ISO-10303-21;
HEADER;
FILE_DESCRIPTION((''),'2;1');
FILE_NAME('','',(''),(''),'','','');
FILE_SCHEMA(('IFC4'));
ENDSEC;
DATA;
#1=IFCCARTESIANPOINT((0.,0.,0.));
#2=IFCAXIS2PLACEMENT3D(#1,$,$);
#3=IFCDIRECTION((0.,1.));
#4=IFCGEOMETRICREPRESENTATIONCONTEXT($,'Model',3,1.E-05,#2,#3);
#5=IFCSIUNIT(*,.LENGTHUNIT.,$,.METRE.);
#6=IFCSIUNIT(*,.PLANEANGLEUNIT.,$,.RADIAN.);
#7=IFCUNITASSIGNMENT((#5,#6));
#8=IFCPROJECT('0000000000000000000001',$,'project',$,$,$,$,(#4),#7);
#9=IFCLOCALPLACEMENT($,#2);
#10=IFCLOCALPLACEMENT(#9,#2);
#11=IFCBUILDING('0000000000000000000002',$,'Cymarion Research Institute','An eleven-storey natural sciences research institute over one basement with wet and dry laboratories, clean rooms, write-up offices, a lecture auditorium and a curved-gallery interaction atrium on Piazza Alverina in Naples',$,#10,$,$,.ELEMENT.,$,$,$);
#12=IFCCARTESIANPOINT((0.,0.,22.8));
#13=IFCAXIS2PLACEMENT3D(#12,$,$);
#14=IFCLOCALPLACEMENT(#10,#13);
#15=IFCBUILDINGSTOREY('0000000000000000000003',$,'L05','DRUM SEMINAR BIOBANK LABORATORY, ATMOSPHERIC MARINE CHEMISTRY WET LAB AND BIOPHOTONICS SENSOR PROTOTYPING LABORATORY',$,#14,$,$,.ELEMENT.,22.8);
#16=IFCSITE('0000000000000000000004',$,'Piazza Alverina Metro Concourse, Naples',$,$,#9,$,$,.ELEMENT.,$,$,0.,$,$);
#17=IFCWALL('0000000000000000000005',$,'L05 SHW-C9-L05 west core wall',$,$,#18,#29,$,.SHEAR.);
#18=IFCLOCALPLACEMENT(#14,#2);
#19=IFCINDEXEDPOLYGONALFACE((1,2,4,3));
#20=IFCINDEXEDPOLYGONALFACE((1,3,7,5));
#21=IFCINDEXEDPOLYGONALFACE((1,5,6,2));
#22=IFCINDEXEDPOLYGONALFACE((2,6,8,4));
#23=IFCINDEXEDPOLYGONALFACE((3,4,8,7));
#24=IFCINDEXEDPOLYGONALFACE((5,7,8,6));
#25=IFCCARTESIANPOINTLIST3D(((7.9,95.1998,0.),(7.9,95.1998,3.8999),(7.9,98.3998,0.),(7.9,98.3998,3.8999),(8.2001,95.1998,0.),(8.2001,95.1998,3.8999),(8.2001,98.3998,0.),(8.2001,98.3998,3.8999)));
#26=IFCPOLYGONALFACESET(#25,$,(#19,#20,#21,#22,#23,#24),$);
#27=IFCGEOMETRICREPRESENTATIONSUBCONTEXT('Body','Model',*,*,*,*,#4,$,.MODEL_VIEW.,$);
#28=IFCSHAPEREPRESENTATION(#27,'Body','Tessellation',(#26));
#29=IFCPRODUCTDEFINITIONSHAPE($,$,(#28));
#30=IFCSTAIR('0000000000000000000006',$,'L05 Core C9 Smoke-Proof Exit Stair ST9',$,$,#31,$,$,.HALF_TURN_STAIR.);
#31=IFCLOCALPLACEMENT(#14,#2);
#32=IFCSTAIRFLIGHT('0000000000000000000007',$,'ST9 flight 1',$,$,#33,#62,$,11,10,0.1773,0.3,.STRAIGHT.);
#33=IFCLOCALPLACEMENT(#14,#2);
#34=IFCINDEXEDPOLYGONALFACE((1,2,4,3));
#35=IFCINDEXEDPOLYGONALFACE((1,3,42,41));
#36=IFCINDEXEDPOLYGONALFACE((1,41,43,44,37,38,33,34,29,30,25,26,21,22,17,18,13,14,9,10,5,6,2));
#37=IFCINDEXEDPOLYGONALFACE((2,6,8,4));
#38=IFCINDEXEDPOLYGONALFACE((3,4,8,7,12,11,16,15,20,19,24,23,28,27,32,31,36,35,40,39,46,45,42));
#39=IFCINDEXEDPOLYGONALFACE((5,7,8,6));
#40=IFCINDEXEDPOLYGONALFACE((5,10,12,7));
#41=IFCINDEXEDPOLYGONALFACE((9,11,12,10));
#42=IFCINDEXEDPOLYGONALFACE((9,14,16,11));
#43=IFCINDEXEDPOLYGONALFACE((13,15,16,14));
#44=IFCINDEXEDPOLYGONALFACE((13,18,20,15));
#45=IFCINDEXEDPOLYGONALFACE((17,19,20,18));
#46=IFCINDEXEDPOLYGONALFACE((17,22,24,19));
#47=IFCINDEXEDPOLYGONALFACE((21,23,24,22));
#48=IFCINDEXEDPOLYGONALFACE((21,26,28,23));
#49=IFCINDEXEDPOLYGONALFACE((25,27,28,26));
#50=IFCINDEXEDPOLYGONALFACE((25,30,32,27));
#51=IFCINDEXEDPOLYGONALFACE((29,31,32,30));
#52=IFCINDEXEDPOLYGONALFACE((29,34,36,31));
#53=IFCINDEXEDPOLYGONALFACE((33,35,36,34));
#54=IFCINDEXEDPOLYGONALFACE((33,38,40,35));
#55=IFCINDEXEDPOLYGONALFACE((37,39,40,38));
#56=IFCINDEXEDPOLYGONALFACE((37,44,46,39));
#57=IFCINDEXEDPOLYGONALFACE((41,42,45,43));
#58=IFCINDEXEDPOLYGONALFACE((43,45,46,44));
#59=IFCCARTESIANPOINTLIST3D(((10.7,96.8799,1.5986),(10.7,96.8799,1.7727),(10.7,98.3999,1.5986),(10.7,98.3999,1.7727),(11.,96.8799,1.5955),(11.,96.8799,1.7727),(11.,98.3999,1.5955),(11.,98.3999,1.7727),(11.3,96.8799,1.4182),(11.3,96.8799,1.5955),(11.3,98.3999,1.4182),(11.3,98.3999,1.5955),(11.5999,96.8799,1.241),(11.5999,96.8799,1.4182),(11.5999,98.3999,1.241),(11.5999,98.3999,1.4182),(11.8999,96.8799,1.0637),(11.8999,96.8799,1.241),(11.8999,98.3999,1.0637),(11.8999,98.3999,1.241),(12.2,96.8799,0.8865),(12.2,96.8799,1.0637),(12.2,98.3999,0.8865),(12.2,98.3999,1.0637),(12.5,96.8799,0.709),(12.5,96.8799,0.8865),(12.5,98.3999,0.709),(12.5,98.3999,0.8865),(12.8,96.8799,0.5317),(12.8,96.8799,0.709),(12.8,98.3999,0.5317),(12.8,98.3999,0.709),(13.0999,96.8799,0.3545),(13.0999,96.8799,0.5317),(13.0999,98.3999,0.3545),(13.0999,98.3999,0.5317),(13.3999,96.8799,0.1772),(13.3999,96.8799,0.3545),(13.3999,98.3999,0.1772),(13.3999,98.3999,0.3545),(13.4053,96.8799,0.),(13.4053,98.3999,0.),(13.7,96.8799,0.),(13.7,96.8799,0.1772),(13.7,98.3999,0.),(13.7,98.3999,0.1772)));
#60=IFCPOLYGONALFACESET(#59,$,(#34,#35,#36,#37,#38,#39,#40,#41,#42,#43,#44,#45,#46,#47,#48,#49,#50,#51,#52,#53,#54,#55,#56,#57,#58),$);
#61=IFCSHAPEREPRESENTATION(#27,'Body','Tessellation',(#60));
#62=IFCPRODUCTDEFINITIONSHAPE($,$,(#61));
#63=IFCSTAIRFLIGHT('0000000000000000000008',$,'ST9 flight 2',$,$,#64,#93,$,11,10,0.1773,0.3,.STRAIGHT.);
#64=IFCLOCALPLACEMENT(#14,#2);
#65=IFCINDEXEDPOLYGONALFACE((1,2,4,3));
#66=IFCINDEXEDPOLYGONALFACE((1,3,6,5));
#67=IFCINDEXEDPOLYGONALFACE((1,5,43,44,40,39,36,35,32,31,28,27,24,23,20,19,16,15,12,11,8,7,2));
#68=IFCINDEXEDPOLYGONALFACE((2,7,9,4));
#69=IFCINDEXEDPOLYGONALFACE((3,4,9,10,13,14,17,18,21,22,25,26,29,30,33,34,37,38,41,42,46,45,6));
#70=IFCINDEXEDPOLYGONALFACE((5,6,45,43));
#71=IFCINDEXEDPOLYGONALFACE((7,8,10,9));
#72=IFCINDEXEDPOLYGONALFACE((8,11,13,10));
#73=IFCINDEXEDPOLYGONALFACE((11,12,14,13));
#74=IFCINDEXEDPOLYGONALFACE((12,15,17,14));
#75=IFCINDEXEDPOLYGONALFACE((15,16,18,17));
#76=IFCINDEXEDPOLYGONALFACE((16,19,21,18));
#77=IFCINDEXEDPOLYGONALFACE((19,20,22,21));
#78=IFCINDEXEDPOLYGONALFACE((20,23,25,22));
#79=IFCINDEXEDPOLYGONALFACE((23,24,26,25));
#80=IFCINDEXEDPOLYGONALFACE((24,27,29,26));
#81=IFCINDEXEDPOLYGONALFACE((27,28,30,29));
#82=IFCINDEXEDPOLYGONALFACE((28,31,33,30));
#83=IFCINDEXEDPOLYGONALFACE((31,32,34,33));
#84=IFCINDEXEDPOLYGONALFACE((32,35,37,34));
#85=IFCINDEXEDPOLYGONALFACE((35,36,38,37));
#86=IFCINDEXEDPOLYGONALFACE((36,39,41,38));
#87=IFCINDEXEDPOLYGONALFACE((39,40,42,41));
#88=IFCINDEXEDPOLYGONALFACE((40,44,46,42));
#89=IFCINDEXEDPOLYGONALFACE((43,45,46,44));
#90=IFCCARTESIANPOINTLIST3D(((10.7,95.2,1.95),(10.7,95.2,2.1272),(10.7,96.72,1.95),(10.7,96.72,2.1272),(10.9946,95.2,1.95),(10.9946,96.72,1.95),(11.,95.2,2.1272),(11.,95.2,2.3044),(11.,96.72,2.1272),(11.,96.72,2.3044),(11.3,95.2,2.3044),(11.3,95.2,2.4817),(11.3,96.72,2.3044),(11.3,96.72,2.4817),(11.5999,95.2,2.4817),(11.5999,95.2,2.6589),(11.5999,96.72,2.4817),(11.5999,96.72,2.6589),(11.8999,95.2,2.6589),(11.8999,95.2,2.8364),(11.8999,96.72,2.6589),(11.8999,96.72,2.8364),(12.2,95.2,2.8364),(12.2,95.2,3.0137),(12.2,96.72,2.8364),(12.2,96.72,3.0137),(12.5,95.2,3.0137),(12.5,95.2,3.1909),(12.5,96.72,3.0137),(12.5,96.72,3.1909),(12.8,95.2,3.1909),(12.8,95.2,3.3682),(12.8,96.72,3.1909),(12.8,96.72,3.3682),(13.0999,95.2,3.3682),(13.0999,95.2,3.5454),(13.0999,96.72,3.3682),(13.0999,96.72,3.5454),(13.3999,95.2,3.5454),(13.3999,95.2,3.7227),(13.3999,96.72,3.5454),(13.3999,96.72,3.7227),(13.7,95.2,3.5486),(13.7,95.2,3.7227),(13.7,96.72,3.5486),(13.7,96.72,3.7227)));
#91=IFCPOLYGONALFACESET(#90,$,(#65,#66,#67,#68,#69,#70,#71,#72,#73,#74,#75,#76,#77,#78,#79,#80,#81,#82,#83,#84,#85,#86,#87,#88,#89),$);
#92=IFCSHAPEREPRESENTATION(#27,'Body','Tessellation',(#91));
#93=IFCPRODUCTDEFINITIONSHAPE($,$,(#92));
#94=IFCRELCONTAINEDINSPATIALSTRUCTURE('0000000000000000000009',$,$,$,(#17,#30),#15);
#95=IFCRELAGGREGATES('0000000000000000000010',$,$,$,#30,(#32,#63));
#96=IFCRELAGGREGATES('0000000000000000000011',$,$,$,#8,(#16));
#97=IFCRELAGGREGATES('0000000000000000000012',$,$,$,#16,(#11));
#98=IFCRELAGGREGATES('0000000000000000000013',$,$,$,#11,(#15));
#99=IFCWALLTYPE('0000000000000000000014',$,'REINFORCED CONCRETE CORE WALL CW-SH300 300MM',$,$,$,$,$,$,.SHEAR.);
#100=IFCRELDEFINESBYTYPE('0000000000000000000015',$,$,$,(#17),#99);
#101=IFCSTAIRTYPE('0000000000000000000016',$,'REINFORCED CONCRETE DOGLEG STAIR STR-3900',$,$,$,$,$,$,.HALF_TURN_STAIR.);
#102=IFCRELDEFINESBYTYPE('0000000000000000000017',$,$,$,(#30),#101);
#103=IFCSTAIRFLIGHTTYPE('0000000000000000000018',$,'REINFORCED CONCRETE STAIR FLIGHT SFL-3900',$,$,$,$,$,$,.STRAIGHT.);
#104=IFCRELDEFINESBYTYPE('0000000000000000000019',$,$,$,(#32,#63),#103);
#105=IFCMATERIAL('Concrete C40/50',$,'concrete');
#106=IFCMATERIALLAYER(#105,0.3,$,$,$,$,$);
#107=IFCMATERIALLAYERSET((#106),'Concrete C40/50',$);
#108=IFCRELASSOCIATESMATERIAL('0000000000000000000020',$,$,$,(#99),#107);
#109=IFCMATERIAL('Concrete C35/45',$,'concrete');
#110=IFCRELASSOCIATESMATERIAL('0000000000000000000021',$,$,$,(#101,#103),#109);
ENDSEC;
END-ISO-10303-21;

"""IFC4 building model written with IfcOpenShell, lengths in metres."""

from ifc_helpers import new_model, si_unit, direction, frame, frame_2d, origin, place, context, subcontext, project, spatial, polyline, rectangle, outline, extrude, material, layer, layer_set, type_object, element, aggregate, save


model = new_model("IFC4")

# Units and contexts
model_context = context("Model", 3, precision=1e-05, world=origin(), true_north=direction((0.0, 1.0)))
body_context = subcontext(model_context, "Body", "Model", "MODEL_VIEW")
ifc_project = project(units=[si_unit("LENGTHUNIT", "METRE"), si_unit("PLANEANGLEUNIT", "RADIAN")], contexts=[model_context])

# Site, building, storey
site_placement = place(None, origin())
site = spatial("IfcSite", under=ifc_project, at=site_placement, Name="Piazza Alverina Metro Concourse, Naples", CompositionType="ELEMENT", RefElevation=0.0)
building_placement = place(site_placement, origin())
building = spatial("IfcBuilding", under=site, at=building_placement, Name="Cymarion Research Institute", Description="An eleven-storey natural sciences research institute over one basement with wet and dry laboratories, clean rooms, write-up offices, a lecture auditorium and a curved-gallery interaction atrium on Piazza Alverina in Naples", CompositionType="ELEMENT")
storey_placement = place(building_placement, frame((0.0, 0.0, 22.8)))
storey = spatial("IfcBuildingStorey", under=building, at=storey_placement, Name="L05", Description="DRUM SEMINAR BIOBANK LABORATORY, ATMOSPHERIC MARINE CHEMISTRY WET LAB AND BIOPHOTONICS SENSOR PROTOTYPING LABORATORY", CompositionType="ELEMENT", Elevation=22.8)

# Wall
ifc_material_1 = material(Name="Concrete C40/50", Category="concrete")
ifc_layer_1 = layer(ifc_material_1, 0.3)
ifc_layer_set_1 = layer_set([ifc_layer_1], Name="Concrete C40/50")
wall_type = type_object("IfcWallType", Name="REINFORCED CONCRETE CORE WALL CW-SH300 300MM", PredefinedType="SHEAR", material=ifc_layer_set_1)
wall_1_placement = place(storey_placement, frame((8.05, 98.3999, 0.0), z_axis=(0.0, 0.0, 1.0), x_axis=(0.0, -1.0, 0.0)))
element("IfcWall", 1, at=wall_1_placement, inside=storey, type_object=wall_type, Name="L05 SHW-C9-L05 west core wall", PredefinedType="SHEAR", context=body_context, shape_type="SweptSolid", body=[
    extrude(rectangle(XDim=3.2, YDim=0.3, at=frame_2d((1.6001, 0.0))), origin(), (0.0, 0.0, 1.0), 3.8999),
])

# Stair, stair flights
ifc_material_2 = material(Name="Concrete C35/45", Category="concrete")
stair_type = type_object("IfcStairType", Name="REINFORCED CONCRETE DOGLEG STAIR STR-3900", PredefinedType="HALF_TURN_STAIR", material=ifc_material_2)
stair_placement = place(storey_placement, origin())
stair = element("IfcStair", 2, at=stair_placement, inside=storey, type_object=stair_type, Name="L05 Core C9 Smoke-Proof Exit Stair ST9", PredefinedType="HALF_TURN_STAIR")
stair_flight_type = type_object("IfcStairFlightType", Name="REINFORCED CONCRETE STAIR FLIGHT SFL-3900", PredefinedType="STRAIGHT", material=ifc_material_2)
stair_flight_1_placement = place(storey_placement, frame((13.7, 97.6399, 0.0), z_axis=(0.0, 0.0, 1.0), x_axis=(-1.0, 0.0, 0.0)))
stair_flight_1 = element("IfcStairFlight", 3, at=stair_flight_1_placement, type_object=stair_flight_type, Name="ST9 flight 1", NumberOfRisers=11, NumberOfTreads=10, PredefinedType="STRAIGHT", RiserHeight=0.1773, TreadLength=0.3, context=body_context, shape_type="SweptSolid", body=[
    extrude(outline(polyline([(0.0, 0.0), (0.0, 0.1772), (0.3, 0.1772), (0.3, 0.3545), (0.6001, 0.3545), (0.6001, 0.5317), (0.8999, 0.5317), (0.8999, 0.709), (1.2, 0.709), (1.2, 0.8865), (1.5, 0.8865), (1.5, 1.0637), (1.8, 1.0637), (1.8, 1.241), (2.1001, 1.241), (2.1001, 1.4182), (2.3999, 1.4182), (2.3999, 1.5955), (2.7, 1.5955), (2.7, 1.7727), (3.0, 1.7727), (3.0, 1.95), (3.0, 1.5986), (0.2947, 0.0), (0.0, 0.0)])), frame((0.0, 0.76, 0.0), z_axis=(0.0, -1.0, 0.0), x_axis=(1.0, 0.0, 0.0)), (0.0, 0.0, 1.0), 1.52),
])
stair_flight_2_placement = place(storey_placement, frame((10.7, 95.96, 1.95), z_axis=(0.0, 0.0, 1.0), x_axis=(1.0, 0.0, 0.0)))
stair_flight_2 = element("IfcStairFlight", 4, at=stair_flight_2_placement, type_object=stair_flight_type, Name="ST9 flight 2", NumberOfRisers=11, NumberOfTreads=10, PredefinedType="STRAIGHT", RiserHeight=0.1773, TreadLength=0.3, context=body_context, shape_type="SweptSolid", body=[
    extrude(outline(polyline([(0.0, 0.0), (0.0, 0.1772), (0.3, 0.1772), (0.3, 0.3545), (0.6001, 0.3545), (0.6001, 0.5317), (0.8999, 0.5317), (0.8999, 0.709), (1.2, 0.709), (1.2, 0.8865), (1.5, 0.8865), (1.5, 1.0637), (1.8, 1.0637), (1.8, 1.241), (2.1001, 1.241), (2.1001, 1.4182), (2.3999, 1.4182), (2.3999, 1.5955), (2.7, 1.5955), (2.7, 1.7727), (3.0, 1.7727), (3.0, 1.95), (3.0, 1.5986), (0.2947, 0.0), (0.0, 0.0)])), frame((0.0, 0.76, 0.0), z_axis=(0.0, -1.0, 0.0), x_axis=(1.0, 0.0, 0.0)), (0.0, 0.0, 1.0), 1.52),
])
aggregate(stair, [stair_flight_1, stair_flight_2])

save(model, "model.ifc")
